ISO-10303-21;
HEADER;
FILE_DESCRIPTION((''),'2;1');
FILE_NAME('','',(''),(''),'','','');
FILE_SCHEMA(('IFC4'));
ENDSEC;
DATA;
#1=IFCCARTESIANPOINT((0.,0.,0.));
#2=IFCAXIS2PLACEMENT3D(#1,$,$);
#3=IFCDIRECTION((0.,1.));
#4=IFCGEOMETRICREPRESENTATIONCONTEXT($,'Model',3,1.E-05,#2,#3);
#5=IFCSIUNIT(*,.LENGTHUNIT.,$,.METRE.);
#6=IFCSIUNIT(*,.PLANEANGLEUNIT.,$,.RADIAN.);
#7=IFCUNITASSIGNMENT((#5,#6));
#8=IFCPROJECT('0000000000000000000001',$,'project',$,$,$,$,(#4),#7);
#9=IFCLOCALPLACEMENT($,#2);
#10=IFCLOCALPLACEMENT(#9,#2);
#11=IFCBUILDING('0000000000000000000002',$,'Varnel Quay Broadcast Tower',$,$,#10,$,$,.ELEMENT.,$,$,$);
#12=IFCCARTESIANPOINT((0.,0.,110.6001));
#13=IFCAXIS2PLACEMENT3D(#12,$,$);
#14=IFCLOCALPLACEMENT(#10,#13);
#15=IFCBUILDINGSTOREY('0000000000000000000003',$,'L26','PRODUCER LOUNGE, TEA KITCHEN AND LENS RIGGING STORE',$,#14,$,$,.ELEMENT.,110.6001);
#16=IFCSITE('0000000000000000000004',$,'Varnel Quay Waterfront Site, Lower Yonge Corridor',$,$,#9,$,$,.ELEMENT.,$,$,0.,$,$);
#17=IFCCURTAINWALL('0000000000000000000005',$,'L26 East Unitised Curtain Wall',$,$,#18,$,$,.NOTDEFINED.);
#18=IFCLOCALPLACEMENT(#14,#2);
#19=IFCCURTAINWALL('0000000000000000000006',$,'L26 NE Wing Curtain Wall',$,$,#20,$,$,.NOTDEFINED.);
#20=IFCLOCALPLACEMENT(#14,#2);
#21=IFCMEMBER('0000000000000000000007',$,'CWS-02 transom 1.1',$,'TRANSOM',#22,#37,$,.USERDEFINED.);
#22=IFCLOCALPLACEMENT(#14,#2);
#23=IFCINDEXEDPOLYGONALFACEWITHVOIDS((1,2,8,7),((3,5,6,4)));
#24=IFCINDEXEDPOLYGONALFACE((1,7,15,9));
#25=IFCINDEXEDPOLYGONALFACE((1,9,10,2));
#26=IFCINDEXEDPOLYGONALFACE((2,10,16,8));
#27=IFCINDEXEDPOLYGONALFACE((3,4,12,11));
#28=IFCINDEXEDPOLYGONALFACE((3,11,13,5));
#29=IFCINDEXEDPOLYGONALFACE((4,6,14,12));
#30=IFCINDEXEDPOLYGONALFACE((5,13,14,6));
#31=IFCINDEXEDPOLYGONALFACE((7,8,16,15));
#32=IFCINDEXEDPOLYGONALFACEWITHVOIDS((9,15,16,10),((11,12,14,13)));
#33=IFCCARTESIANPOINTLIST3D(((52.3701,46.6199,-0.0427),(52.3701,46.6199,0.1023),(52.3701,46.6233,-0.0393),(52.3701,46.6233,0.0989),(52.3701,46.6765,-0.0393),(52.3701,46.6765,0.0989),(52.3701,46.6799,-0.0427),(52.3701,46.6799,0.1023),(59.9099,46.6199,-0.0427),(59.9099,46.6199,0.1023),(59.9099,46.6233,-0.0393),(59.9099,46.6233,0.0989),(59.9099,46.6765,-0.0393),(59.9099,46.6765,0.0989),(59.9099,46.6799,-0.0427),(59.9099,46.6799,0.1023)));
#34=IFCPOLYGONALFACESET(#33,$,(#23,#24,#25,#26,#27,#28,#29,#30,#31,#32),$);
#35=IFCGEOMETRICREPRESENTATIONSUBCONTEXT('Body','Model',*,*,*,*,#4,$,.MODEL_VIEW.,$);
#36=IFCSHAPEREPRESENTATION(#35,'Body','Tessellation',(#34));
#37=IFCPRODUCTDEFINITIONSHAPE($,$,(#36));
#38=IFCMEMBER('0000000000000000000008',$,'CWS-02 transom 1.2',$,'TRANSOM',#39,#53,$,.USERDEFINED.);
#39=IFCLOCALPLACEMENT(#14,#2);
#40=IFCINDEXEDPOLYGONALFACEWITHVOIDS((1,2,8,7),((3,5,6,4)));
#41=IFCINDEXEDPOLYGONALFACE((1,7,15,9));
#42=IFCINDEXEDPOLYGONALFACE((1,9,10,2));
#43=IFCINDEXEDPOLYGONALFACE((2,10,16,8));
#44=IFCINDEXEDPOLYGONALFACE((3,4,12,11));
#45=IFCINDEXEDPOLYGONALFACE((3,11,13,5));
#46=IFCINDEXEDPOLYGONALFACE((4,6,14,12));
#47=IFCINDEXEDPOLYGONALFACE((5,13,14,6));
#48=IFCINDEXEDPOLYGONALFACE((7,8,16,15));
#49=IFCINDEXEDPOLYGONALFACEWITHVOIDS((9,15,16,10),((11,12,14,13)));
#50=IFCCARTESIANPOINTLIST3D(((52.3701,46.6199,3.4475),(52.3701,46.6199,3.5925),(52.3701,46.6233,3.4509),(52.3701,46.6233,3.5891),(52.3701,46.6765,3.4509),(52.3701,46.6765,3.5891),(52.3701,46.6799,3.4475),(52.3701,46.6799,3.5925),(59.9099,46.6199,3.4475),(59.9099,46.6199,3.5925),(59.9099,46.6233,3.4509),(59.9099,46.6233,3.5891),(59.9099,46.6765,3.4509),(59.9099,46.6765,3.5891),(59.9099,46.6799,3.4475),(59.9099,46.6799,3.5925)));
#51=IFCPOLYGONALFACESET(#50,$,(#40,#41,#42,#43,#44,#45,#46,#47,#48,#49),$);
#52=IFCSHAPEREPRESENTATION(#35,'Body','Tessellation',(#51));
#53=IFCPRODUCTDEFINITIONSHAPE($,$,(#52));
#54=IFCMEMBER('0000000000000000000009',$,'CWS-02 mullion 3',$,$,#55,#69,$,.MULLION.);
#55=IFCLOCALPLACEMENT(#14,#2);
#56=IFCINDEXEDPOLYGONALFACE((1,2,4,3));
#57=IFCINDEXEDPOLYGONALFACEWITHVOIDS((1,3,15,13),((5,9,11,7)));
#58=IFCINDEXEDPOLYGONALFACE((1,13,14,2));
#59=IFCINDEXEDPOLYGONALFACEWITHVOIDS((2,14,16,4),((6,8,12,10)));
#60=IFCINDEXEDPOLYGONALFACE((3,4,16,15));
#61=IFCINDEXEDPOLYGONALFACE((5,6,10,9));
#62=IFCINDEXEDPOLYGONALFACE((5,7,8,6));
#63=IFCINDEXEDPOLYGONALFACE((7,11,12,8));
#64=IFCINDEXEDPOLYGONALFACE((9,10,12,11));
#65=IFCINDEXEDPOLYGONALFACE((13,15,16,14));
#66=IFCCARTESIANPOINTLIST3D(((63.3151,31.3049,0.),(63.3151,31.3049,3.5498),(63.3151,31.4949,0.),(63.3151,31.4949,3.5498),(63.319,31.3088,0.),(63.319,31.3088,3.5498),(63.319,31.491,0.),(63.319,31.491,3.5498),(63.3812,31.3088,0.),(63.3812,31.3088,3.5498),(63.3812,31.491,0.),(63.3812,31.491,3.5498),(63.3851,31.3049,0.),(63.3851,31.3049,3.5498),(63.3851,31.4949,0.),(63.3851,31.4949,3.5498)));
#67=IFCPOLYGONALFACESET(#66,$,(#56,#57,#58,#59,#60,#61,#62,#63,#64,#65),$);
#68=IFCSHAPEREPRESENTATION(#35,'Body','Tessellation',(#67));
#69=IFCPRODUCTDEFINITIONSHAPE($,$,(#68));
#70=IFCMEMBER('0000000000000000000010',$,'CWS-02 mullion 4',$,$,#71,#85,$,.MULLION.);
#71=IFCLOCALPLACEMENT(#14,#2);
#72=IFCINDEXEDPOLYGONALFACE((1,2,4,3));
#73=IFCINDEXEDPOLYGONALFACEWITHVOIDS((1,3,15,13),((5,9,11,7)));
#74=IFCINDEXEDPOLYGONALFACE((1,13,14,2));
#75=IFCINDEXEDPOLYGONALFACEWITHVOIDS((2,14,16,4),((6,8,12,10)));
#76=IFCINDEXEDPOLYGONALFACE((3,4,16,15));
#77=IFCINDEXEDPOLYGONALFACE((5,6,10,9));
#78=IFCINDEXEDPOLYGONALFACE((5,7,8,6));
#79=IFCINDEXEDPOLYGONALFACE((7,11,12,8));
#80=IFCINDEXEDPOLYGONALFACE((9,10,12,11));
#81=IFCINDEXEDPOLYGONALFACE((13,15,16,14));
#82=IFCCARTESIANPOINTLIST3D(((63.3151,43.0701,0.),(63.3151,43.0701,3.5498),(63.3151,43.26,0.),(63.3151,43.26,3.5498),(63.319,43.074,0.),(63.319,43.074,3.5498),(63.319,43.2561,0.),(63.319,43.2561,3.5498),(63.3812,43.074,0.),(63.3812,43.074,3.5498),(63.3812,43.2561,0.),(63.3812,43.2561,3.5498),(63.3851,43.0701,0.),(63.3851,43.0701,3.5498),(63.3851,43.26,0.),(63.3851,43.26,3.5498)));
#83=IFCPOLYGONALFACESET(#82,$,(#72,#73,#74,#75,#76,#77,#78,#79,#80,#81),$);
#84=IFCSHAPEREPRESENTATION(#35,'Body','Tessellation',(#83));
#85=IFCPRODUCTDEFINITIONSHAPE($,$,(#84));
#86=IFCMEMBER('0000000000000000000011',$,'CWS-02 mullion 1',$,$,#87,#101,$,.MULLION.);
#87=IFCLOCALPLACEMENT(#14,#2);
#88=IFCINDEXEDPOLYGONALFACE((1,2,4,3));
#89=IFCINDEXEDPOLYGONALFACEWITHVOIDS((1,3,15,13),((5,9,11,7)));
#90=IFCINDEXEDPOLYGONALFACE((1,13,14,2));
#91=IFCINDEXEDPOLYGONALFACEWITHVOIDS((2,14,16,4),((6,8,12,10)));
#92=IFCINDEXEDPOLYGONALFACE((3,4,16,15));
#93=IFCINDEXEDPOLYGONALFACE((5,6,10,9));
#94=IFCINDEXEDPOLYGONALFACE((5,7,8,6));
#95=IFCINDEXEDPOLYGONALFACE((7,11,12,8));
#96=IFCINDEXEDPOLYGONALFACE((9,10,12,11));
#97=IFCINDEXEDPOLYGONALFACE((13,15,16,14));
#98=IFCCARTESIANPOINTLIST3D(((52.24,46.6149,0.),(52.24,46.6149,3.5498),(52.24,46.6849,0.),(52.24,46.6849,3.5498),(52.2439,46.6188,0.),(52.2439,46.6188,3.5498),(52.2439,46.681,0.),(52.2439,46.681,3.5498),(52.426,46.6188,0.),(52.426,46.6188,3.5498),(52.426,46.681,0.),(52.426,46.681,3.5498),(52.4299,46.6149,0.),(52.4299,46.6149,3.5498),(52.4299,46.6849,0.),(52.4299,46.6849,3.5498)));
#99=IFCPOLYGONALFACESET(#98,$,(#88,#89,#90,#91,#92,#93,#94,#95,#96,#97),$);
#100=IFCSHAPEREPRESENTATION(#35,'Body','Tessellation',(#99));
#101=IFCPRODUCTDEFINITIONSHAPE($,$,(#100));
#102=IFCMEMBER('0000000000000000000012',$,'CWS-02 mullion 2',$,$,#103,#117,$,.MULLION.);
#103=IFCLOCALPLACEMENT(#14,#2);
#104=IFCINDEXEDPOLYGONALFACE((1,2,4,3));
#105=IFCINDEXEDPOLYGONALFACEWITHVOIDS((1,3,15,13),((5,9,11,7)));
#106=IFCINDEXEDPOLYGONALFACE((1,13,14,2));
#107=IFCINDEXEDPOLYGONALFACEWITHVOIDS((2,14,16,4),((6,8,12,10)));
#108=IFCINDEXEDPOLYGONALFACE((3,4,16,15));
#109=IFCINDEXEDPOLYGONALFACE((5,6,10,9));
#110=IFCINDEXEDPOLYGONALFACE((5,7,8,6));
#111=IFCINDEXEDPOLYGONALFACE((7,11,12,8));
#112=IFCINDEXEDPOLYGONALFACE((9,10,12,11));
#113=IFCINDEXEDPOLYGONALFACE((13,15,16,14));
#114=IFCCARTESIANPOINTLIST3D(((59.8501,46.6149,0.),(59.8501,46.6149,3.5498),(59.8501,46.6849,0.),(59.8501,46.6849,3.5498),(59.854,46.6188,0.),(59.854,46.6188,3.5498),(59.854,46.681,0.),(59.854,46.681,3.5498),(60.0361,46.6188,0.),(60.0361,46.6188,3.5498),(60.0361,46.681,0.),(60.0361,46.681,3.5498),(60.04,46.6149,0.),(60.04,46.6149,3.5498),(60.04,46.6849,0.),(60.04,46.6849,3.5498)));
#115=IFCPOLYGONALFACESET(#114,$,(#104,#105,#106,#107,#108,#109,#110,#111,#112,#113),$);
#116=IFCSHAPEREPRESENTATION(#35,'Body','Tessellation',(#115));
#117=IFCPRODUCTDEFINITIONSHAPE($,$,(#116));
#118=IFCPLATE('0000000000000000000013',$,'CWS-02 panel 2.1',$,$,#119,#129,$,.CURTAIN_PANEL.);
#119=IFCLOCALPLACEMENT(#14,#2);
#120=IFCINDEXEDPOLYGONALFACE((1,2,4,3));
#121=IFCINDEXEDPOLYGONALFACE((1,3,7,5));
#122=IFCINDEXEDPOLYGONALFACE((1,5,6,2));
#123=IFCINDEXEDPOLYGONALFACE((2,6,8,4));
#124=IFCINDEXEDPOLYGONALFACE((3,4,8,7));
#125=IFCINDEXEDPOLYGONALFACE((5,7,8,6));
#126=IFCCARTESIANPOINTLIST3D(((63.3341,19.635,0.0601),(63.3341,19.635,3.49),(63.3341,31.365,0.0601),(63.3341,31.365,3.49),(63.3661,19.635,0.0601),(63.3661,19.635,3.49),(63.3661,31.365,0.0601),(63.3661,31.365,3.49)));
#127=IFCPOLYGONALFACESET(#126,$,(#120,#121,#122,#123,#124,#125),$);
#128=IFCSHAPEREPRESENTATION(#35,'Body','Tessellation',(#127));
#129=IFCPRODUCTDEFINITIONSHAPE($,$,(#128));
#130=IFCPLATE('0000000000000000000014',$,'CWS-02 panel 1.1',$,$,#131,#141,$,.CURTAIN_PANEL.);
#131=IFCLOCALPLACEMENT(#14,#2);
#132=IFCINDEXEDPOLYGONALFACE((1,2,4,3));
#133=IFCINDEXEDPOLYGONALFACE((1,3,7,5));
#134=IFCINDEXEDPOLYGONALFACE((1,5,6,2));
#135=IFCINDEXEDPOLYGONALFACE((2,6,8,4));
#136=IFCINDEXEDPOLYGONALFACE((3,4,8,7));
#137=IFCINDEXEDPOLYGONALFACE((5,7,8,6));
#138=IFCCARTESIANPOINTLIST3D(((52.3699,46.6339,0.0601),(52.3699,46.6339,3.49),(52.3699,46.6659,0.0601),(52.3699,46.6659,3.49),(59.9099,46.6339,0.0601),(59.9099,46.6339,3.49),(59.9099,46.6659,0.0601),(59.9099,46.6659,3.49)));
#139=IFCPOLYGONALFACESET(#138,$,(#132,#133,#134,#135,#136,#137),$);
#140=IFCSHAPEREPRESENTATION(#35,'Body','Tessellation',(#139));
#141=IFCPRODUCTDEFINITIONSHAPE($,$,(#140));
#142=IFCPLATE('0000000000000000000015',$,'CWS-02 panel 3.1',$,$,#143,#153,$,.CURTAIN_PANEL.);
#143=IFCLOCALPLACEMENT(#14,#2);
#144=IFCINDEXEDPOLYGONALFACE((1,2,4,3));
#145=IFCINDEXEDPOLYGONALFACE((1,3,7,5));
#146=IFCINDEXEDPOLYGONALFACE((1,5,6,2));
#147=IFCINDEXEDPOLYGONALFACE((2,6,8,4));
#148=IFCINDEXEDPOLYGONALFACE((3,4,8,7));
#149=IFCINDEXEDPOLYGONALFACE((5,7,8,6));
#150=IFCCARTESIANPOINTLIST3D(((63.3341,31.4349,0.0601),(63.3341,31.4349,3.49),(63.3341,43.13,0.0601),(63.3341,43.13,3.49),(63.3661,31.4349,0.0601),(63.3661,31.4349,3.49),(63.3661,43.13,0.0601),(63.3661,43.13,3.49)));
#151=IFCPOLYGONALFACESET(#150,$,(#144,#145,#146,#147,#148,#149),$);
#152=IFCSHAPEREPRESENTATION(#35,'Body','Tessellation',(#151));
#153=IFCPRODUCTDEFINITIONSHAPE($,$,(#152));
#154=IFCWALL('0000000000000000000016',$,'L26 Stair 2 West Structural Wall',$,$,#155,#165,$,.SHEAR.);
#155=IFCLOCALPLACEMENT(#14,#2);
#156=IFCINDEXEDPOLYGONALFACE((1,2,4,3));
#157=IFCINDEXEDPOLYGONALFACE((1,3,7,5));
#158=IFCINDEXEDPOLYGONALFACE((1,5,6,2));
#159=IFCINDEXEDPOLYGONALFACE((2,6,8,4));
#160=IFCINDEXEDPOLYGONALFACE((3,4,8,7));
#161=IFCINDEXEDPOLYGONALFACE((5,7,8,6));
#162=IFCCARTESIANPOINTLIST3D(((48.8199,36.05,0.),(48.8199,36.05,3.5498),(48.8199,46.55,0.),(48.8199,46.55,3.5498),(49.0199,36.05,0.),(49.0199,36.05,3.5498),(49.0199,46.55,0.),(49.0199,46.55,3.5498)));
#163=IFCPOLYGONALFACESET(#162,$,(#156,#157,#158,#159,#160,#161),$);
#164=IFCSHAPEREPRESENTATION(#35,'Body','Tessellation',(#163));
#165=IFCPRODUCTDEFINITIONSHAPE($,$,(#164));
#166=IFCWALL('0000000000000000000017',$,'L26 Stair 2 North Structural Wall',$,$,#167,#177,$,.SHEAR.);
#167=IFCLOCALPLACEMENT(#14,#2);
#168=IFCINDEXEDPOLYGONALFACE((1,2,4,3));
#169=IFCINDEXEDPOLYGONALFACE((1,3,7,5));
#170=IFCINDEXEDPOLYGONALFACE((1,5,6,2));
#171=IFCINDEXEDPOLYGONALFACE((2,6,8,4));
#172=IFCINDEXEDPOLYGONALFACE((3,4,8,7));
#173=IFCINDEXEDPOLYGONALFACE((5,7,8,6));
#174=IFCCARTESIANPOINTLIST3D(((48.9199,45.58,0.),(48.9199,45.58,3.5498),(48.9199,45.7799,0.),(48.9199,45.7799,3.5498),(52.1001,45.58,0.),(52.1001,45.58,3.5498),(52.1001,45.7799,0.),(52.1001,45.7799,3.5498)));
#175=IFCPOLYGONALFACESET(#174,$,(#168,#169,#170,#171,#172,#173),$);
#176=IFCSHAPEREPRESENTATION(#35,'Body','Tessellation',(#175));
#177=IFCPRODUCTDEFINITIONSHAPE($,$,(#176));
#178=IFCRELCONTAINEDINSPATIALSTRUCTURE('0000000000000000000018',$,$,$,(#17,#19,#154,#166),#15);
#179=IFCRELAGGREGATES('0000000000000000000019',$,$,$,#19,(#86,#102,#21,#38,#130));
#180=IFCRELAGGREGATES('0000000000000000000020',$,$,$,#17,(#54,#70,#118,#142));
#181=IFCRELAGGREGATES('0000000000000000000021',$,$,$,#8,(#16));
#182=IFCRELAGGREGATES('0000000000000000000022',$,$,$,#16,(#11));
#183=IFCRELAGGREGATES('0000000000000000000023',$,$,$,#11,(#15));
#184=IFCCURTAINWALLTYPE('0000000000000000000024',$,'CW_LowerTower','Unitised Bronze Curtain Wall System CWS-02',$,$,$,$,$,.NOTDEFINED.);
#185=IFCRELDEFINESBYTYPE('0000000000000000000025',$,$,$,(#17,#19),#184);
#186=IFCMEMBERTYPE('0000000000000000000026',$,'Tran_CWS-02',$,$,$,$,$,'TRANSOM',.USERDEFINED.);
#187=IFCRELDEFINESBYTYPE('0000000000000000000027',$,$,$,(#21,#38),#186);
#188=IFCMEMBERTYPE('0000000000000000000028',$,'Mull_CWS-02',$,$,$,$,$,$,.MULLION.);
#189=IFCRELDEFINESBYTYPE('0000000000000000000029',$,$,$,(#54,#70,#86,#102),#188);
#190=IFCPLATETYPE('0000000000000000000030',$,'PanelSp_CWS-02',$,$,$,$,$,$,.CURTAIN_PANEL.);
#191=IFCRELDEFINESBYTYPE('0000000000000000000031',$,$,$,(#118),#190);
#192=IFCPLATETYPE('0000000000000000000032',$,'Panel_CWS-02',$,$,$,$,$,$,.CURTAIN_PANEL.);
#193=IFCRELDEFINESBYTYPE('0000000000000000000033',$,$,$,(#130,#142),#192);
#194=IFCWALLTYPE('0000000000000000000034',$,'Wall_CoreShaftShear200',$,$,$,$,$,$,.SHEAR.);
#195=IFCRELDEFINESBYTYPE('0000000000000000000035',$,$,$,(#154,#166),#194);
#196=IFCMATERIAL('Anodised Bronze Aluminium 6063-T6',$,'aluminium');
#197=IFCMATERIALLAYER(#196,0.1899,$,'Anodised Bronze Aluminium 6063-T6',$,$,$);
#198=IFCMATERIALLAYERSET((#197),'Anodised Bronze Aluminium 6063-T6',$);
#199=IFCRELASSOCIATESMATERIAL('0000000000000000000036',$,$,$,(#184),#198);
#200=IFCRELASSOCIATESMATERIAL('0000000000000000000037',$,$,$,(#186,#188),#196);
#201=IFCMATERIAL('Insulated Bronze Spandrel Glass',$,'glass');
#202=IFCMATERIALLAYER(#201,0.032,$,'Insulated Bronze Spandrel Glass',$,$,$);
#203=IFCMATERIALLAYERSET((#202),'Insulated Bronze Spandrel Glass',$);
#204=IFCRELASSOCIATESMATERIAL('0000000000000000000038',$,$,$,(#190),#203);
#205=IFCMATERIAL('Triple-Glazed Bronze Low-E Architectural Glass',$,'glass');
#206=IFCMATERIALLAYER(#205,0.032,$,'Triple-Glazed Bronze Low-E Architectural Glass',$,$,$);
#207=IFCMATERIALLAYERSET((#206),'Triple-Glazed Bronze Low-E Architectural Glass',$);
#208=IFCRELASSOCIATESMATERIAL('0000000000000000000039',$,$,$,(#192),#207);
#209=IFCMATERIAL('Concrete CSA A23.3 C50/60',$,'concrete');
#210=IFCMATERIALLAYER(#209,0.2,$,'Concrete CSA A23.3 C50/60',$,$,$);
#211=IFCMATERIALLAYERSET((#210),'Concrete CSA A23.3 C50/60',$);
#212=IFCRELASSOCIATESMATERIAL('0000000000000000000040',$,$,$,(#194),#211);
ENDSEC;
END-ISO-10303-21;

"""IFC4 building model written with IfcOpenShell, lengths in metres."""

from ifc_helpers import new_model, si_unit, direction, frame, frame_2d, origin, origin_2d, place, context, subcontext, project, spatial, rectangle, hollow_rectangle, extrude, source, transform, mapped, material, layer, layer_set, material_profile, profile_set, type_object, type_shapes, element, aggregate, save


model = new_model("IFC4")

# Units and contexts
model_context = context("Model", 3, precision=1e-05, world=origin(), true_north=direction((0.0, 1.0)))
body_context = subcontext(model_context, "Body", "Model", "MODEL_VIEW")
ifc_project = project(units=[si_unit("LENGTHUNIT", "METRE"), si_unit("PLANEANGLEUNIT", "RADIAN")], contexts=[model_context])

# Site, building, storey
site_placement = place(None, origin())
site = spatial("IfcSite", under=ifc_project, at=site_placement, Name="Varnel Quay Waterfront Site, Lower Yonge Corridor", CompositionType="ELEMENT", RefElevation=0.0)
building_placement = place(site_placement, origin())
building = spatial("IfcBuilding", under=site, at=building_placement, Name="Varnel Quay Broadcast Tower", CompositionType="ELEMENT")
storey_placement = place(building_placement, frame((0.0, 0.0, 110.6001)))
storey = spatial("IfcBuildingStorey", under=building, at=storey_placement, Name="L26", Description="PRODUCER LOUNGE, TEA KITCHEN AND LENS RIGGING STORE", CompositionType="ELEMENT", Elevation=110.6001)

# Curtain walls, members
ifc_material_1 = material(Name="Anodised Bronze Aluminium 6063-T6", Category="aluminium")
ifc_layer_1 = layer(ifc_material_1, 0.1899, Name="Anodised Bronze Aluminium 6063-T6")
ifc_layer_set_1 = layer_set([ifc_layer_1], Name="Anodised Bronze Aluminium 6063-T6")
curtain_wall_type = type_object("IfcCurtainWallType", Name="CW_LowerTower", Description="Unitised Bronze Curtain Wall System CWS-02", PredefinedType="NOTDEFINED", material=ifc_layer_set_1)
curtain_wall_1_placement = place(storey_placement, origin())
curtain_wall_1 = element("IfcCurtainWall", 1, at=curtain_wall_1_placement, inside=storey, type_object=curtain_wall_type, Name="L26 East Unitised Curtain Wall", PredefinedType="NOTDEFINED")
ifc_material_profile_1 = material_profile(ifc_material_1, hollow_rectangle(XDim=0.0601, YDim=0.145, WallThickness=0.0034, at=origin_2d()), Name="ALU60X145X3.5")
ifc_profile_set_1 = profile_set([ifc_material_profile_1], Name="Anodised Bronze Aluminium 6063-T6")
member_type_1 = type_object("IfcMemberType", Name="Tran_CWS-02", ElementType="TRANSOM", PredefinedType="USERDEFINED", material=ifc_profile_set_1)
curtain_wall_2_placement = place(storey_placement, origin())
curtain_wall_2 = element("IfcCurtainWall", 2, at=curtain_wall_2_placement, inside=storey, type_object=curtain_wall_type, Name="L26 NE Wing Curtain Wall", PredefinedType="NOTDEFINED")
shared_shape_1 = source(origin(), body_context, "Body", "SweptSolid", [
    extrude(hollow_rectangle(XDim=0.0601, YDim=0.145, WallThickness=0.0034, at=origin_2d()), origin(), (0.0, 0.0, 1.0), 7.5398),
])
member_1_placement = place(storey_placement, frame((52.3701, 46.6499, 0.0298), z_axis=(1.0, 0.0, 0.0), x_axis=(0.0, 1.0, 0.0)))
member_1 = element("IfcMember", 3, at=member_1_placement, type_object=member_type_1, Name="CWS-02 transom 1.1", ObjectType="TRANSOM", PredefinedType="USERDEFINED", context=body_context, shape_type="MappedRepresentation", body=[
    mapped(shared_shape_1, transform((0.0, 0.0, 0.0), x_axis=(1.0, 0.0, 0.0), y_axis=(0.0, 1.0, 0.0), z_axis=(0.0, 0.0, 1.0), scale=1.0)),
])
member_2_placement = place(storey_placement, frame((52.3701, 46.6499, 3.52), z_axis=(1.0, 0.0, 0.0), x_axis=(0.0, 1.0, 0.0)))
member_2 = element("IfcMember", 4, at=member_2_placement, type_object=member_type_1, Name="CWS-02 transom 1.2", ObjectType="TRANSOM", PredefinedType="USERDEFINED", context=body_context, shape_type="MappedRepresentation", body=[
    mapped(shared_shape_1, transform((0.0, 0.0, 0.0), x_axis=(1.0, 0.0, 0.0), y_axis=(0.0, 1.0, 0.0), z_axis=(0.0, 0.0, 1.0), scale=1.0)),
])

# Members
ifc_material_profile_2 = material_profile(ifc_material_1, hollow_rectangle(XDim=0.0701, YDim=0.1899, WallThickness=0.0039, at=origin_2d()), Name="ALU70X190X4")
ifc_profile_set_2 = profile_set([ifc_material_profile_2], Name="Anodised Bronze Aluminium 6063-T6")
member_type_2 = type_object("IfcMemberType", Name="Mull_CWS-02", PredefinedType="MULLION", material=ifc_profile_set_2)
shared_shape_2 = source(origin(), body_context, "Body", "SweptSolid", [
    extrude(hollow_rectangle(XDim=0.0701, YDim=0.1899, WallThickness=0.0039, at=origin_2d()), origin(), (0.0, 0.0, 1.0), 3.5498),
])
type_shapes(member_type_2, [shared_shape_2])
member_3_placement = place(storey_placement, frame((63.3501, 31.3999, 0.0), z_axis=(0.0, 0.0, 1.0), x_axis=(-1.0, 0.0, 0.0)))
member_3 = element("IfcMember", 5, at=member_3_placement, type_object=member_type_2, Name="CWS-02 mullion 3", PredefinedType="MULLION", context=body_context, shape_type="MappedRepresentation", body=[
    mapped(shared_shape_2, transform((0.0, 0.0, 0.0), x_axis=(1.0, 0.0, 0.0), y_axis=(0.0, 1.0, 0.0), z_axis=(0.0, 0.0, 1.0), scale=1.0)),
])
member_4_placement = place(storey_placement, frame((63.3501, 43.165, 0.0), z_axis=(0.0, 0.0, 1.0), x_axis=(-1.0, 0.0, 0.0)))
member_4 = element("IfcMember", 6, at=member_4_placement, type_object=member_type_2, Name="CWS-02 mullion 4", PredefinedType="MULLION", context=body_context, shape_type="MappedRepresentation", body=[
    mapped(shared_shape_2, transform((0.0, 0.0, 0.0), x_axis=(1.0, 0.0, 0.0), y_axis=(0.0, 1.0, 0.0), z_axis=(0.0, 0.0, 1.0), scale=1.0)),
])
member_5_placement = place(storey_placement, frame((52.335, 46.6499, 0.0), z_axis=(0.0, 0.0, 1.0), x_axis=(0.0, 1.0, 0.0)))
member_5 = element("IfcMember", 7, at=member_5_placement, type_object=member_type_2, Name="CWS-02 mullion 1", PredefinedType="MULLION", context=body_context, shape_type="MappedRepresentation", body=[
    mapped(shared_shape_2, transform((0.0, 0.0, 0.0), x_axis=(1.0, 0.0, 0.0), y_axis=(0.0, 1.0, 0.0), z_axis=(0.0, 0.0, 1.0), scale=1.0)),
])
member_6_placement = place(storey_placement, frame((59.9451, 46.6499, 0.0), z_axis=(0.0, 0.0, 1.0), x_axis=(0.0, 1.0, 0.0)))
member_6 = element("IfcMember", 8, at=member_6_placement, type_object=member_type_2, Name="CWS-02 mullion 2", PredefinedType="MULLION", context=body_context, shape_type="MappedRepresentation", body=[
    mapped(shared_shape_2, transform((0.0, 0.0, 0.0), x_axis=(1.0, 0.0, 0.0), y_axis=(0.0, 1.0, 0.0), z_axis=(0.0, 0.0, 1.0), scale=1.0)),
])

# Plates
ifc_material_2 = material(Name="Insulated Bronze Spandrel Glass", Category="glass")
ifc_layer_2 = layer(ifc_material_2, 0.032, Name="Insulated Bronze Spandrel Glass")
ifc_layer_set_2 = layer_set([ifc_layer_2], Name="Insulated Bronze Spandrel Glass")
plate_type_1 = type_object("IfcPlateType", Name="PanelSp_CWS-02", PredefinedType="CURTAIN_PANEL", material=ifc_layer_set_2)
shared_shape_3 = source(origin(), body_context, "Body", "SweptSolid", [
    extrude(rectangle(XDim=11.73, YDim=0.032, at=origin_2d()), origin(), (0.0, 0.0, 1.0), 3.4299),
])
type_shapes(plate_type_1, [shared_shape_3])
plate_1_placement = place(storey_placement, frame((63.3501, 25.5, 0.0601), z_axis=(0.0, 0.0, 1.0), x_axis=(0.0, 1.0, 0.0)))
plate_1 = element("IfcPlate", 9, at=plate_1_placement, type_object=plate_type_1, Name="CWS-02 panel 2.1", PredefinedType="CURTAIN_PANEL", context=body_context, shape_type="MappedRepresentation", body=[
    mapped(shared_shape_3, transform((0.0, 0.0, 0.0), x_axis=(1.0, 0.0, 0.0), y_axis=(0.0, 1.0, 0.0), z_axis=(0.0, 0.0, 1.0), scale=1.0)),
])
ifc_material_3 = material(Name="Triple-Glazed Bronze Low-E Architectural Glass", Category="glass")
ifc_layer_3 = layer(ifc_material_3, 0.032, Name="Triple-Glazed Bronze Low-E Architectural Glass")
ifc_layer_set_3 = layer_set([ifc_layer_3], Name="Triple-Glazed Bronze Low-E Architectural Glass")
plate_type_2 = type_object("IfcPlateType", Name="Panel_CWS-02", PredefinedType="CURTAIN_PANEL", material=ifc_layer_set_3)
shared_shape_4 = source(origin(), body_context, "Body", "SweptSolid", [
    extrude(rectangle(XDim=7.54, YDim=0.032, at=origin_2d()), origin(), (0.0, 0.0, 1.0), 3.4299),
])
plate_2_placement = place(storey_placement, frame((56.1399, 46.6499, 0.0601), z_axis=(0.0, 0.0, 1.0), x_axis=(1.0, 0.0, 0.0)))
plate_2 = element("IfcPlate", 10, at=plate_2_placement, type_object=plate_type_2, Name="CWS-02 panel 1.1", PredefinedType="CURTAIN_PANEL", context=body_context, shape_type="MappedRepresentation", body=[
    mapped(shared_shape_4, transform((0.0, 0.0, 0.0), x_axis=(1.0, 0.0, 0.0), y_axis=(0.0, 1.0, 0.0), z_axis=(0.0, 0.0, 1.0), scale=1.0)),
])
aggregate(curtain_wall_2, [member_5, member_6, member_1, member_2, plate_2])
shared_shape_5 = source(origin(), body_context, "Body", "SweptSolid", [
    extrude(rectangle(XDim=11.6951, YDim=0.032, at=origin_2d()), origin(), (0.0, 0.0, 1.0), 3.4299),
])
type_shapes(plate_type_2, [shared_shape_4, shared_shape_5])
plate_3_placement = place(storey_placement, frame((63.3501, 37.2825, 0.0601), z_axis=(0.0, 0.0, 1.0), x_axis=(0.0, 1.0, 0.0)))
plate_3 = element("IfcPlate", 11, at=plate_3_placement, type_object=plate_type_2, Name="CWS-02 panel 3.1", PredefinedType="CURTAIN_PANEL", context=body_context, shape_type="MappedRepresentation", body=[
    mapped(shared_shape_5, transform((0.0, 0.0, 0.0), x_axis=(1.0, 0.0, 0.0), y_axis=(0.0, 1.0, 0.0), z_axis=(0.0, 0.0, 1.0), scale=1.0)),
])
aggregate(curtain_wall_1, [member_3, member_4, plate_1, plate_3])

# Walls
ifc_material_4 = material(Name="Concrete CSA A23.3 C50/60", Category="concrete")
ifc_layer_4 = layer(ifc_material_4, 0.2, Name="Concrete CSA A23.3 C50/60")
ifc_layer_set_4 = layer_set([ifc_layer_4], Name="Concrete CSA A23.3 C50/60")
wall_type_1 = type_object("IfcWallType", Name="Wall_CoreShaftShear200", PredefinedType="SHEAR", material=ifc_layer_set_4)
wall_1_placement = place(storey_placement, frame((48.9199, 36.05, 0.0), z_axis=(0.0, 0.0, 1.0), x_axis=(0.0, 1.0, 0.0)))
element("IfcWall", 12, at=wall_1_placement, inside=storey, type_object=wall_type_1, Name="L26 Stair 2 West Structural Wall", PredefinedType="SHEAR", context=body_context, shape_type="SweptSolid", body=[
    extrude(rectangle(XDim=10.5, YDim=0.2, at=frame_2d((5.25, 0.0))), origin(), (0.0, 0.0, 1.0), 3.5498),
])
wall_2_placement = place(storey_placement, frame((48.9199, 45.6799, 0.0), z_axis=(0.0, 0.0, 1.0), x_axis=(1.0, 0.0, 0.0)))
element("IfcWall", 13, at=wall_2_placement, inside=storey, type_object=wall_type_1, Name="L26 Stair 2 North Structural Wall", PredefinedType="SHEAR", context=body_context, shape_type="SweptSolid", body=[
    extrude(rectangle(XDim=3.1802, YDim=0.2, at=frame_2d((1.5901, 0.0))), origin(), (0.0, 0.0, 1.0), 3.5498),
])

save(model, "model.ifc")
